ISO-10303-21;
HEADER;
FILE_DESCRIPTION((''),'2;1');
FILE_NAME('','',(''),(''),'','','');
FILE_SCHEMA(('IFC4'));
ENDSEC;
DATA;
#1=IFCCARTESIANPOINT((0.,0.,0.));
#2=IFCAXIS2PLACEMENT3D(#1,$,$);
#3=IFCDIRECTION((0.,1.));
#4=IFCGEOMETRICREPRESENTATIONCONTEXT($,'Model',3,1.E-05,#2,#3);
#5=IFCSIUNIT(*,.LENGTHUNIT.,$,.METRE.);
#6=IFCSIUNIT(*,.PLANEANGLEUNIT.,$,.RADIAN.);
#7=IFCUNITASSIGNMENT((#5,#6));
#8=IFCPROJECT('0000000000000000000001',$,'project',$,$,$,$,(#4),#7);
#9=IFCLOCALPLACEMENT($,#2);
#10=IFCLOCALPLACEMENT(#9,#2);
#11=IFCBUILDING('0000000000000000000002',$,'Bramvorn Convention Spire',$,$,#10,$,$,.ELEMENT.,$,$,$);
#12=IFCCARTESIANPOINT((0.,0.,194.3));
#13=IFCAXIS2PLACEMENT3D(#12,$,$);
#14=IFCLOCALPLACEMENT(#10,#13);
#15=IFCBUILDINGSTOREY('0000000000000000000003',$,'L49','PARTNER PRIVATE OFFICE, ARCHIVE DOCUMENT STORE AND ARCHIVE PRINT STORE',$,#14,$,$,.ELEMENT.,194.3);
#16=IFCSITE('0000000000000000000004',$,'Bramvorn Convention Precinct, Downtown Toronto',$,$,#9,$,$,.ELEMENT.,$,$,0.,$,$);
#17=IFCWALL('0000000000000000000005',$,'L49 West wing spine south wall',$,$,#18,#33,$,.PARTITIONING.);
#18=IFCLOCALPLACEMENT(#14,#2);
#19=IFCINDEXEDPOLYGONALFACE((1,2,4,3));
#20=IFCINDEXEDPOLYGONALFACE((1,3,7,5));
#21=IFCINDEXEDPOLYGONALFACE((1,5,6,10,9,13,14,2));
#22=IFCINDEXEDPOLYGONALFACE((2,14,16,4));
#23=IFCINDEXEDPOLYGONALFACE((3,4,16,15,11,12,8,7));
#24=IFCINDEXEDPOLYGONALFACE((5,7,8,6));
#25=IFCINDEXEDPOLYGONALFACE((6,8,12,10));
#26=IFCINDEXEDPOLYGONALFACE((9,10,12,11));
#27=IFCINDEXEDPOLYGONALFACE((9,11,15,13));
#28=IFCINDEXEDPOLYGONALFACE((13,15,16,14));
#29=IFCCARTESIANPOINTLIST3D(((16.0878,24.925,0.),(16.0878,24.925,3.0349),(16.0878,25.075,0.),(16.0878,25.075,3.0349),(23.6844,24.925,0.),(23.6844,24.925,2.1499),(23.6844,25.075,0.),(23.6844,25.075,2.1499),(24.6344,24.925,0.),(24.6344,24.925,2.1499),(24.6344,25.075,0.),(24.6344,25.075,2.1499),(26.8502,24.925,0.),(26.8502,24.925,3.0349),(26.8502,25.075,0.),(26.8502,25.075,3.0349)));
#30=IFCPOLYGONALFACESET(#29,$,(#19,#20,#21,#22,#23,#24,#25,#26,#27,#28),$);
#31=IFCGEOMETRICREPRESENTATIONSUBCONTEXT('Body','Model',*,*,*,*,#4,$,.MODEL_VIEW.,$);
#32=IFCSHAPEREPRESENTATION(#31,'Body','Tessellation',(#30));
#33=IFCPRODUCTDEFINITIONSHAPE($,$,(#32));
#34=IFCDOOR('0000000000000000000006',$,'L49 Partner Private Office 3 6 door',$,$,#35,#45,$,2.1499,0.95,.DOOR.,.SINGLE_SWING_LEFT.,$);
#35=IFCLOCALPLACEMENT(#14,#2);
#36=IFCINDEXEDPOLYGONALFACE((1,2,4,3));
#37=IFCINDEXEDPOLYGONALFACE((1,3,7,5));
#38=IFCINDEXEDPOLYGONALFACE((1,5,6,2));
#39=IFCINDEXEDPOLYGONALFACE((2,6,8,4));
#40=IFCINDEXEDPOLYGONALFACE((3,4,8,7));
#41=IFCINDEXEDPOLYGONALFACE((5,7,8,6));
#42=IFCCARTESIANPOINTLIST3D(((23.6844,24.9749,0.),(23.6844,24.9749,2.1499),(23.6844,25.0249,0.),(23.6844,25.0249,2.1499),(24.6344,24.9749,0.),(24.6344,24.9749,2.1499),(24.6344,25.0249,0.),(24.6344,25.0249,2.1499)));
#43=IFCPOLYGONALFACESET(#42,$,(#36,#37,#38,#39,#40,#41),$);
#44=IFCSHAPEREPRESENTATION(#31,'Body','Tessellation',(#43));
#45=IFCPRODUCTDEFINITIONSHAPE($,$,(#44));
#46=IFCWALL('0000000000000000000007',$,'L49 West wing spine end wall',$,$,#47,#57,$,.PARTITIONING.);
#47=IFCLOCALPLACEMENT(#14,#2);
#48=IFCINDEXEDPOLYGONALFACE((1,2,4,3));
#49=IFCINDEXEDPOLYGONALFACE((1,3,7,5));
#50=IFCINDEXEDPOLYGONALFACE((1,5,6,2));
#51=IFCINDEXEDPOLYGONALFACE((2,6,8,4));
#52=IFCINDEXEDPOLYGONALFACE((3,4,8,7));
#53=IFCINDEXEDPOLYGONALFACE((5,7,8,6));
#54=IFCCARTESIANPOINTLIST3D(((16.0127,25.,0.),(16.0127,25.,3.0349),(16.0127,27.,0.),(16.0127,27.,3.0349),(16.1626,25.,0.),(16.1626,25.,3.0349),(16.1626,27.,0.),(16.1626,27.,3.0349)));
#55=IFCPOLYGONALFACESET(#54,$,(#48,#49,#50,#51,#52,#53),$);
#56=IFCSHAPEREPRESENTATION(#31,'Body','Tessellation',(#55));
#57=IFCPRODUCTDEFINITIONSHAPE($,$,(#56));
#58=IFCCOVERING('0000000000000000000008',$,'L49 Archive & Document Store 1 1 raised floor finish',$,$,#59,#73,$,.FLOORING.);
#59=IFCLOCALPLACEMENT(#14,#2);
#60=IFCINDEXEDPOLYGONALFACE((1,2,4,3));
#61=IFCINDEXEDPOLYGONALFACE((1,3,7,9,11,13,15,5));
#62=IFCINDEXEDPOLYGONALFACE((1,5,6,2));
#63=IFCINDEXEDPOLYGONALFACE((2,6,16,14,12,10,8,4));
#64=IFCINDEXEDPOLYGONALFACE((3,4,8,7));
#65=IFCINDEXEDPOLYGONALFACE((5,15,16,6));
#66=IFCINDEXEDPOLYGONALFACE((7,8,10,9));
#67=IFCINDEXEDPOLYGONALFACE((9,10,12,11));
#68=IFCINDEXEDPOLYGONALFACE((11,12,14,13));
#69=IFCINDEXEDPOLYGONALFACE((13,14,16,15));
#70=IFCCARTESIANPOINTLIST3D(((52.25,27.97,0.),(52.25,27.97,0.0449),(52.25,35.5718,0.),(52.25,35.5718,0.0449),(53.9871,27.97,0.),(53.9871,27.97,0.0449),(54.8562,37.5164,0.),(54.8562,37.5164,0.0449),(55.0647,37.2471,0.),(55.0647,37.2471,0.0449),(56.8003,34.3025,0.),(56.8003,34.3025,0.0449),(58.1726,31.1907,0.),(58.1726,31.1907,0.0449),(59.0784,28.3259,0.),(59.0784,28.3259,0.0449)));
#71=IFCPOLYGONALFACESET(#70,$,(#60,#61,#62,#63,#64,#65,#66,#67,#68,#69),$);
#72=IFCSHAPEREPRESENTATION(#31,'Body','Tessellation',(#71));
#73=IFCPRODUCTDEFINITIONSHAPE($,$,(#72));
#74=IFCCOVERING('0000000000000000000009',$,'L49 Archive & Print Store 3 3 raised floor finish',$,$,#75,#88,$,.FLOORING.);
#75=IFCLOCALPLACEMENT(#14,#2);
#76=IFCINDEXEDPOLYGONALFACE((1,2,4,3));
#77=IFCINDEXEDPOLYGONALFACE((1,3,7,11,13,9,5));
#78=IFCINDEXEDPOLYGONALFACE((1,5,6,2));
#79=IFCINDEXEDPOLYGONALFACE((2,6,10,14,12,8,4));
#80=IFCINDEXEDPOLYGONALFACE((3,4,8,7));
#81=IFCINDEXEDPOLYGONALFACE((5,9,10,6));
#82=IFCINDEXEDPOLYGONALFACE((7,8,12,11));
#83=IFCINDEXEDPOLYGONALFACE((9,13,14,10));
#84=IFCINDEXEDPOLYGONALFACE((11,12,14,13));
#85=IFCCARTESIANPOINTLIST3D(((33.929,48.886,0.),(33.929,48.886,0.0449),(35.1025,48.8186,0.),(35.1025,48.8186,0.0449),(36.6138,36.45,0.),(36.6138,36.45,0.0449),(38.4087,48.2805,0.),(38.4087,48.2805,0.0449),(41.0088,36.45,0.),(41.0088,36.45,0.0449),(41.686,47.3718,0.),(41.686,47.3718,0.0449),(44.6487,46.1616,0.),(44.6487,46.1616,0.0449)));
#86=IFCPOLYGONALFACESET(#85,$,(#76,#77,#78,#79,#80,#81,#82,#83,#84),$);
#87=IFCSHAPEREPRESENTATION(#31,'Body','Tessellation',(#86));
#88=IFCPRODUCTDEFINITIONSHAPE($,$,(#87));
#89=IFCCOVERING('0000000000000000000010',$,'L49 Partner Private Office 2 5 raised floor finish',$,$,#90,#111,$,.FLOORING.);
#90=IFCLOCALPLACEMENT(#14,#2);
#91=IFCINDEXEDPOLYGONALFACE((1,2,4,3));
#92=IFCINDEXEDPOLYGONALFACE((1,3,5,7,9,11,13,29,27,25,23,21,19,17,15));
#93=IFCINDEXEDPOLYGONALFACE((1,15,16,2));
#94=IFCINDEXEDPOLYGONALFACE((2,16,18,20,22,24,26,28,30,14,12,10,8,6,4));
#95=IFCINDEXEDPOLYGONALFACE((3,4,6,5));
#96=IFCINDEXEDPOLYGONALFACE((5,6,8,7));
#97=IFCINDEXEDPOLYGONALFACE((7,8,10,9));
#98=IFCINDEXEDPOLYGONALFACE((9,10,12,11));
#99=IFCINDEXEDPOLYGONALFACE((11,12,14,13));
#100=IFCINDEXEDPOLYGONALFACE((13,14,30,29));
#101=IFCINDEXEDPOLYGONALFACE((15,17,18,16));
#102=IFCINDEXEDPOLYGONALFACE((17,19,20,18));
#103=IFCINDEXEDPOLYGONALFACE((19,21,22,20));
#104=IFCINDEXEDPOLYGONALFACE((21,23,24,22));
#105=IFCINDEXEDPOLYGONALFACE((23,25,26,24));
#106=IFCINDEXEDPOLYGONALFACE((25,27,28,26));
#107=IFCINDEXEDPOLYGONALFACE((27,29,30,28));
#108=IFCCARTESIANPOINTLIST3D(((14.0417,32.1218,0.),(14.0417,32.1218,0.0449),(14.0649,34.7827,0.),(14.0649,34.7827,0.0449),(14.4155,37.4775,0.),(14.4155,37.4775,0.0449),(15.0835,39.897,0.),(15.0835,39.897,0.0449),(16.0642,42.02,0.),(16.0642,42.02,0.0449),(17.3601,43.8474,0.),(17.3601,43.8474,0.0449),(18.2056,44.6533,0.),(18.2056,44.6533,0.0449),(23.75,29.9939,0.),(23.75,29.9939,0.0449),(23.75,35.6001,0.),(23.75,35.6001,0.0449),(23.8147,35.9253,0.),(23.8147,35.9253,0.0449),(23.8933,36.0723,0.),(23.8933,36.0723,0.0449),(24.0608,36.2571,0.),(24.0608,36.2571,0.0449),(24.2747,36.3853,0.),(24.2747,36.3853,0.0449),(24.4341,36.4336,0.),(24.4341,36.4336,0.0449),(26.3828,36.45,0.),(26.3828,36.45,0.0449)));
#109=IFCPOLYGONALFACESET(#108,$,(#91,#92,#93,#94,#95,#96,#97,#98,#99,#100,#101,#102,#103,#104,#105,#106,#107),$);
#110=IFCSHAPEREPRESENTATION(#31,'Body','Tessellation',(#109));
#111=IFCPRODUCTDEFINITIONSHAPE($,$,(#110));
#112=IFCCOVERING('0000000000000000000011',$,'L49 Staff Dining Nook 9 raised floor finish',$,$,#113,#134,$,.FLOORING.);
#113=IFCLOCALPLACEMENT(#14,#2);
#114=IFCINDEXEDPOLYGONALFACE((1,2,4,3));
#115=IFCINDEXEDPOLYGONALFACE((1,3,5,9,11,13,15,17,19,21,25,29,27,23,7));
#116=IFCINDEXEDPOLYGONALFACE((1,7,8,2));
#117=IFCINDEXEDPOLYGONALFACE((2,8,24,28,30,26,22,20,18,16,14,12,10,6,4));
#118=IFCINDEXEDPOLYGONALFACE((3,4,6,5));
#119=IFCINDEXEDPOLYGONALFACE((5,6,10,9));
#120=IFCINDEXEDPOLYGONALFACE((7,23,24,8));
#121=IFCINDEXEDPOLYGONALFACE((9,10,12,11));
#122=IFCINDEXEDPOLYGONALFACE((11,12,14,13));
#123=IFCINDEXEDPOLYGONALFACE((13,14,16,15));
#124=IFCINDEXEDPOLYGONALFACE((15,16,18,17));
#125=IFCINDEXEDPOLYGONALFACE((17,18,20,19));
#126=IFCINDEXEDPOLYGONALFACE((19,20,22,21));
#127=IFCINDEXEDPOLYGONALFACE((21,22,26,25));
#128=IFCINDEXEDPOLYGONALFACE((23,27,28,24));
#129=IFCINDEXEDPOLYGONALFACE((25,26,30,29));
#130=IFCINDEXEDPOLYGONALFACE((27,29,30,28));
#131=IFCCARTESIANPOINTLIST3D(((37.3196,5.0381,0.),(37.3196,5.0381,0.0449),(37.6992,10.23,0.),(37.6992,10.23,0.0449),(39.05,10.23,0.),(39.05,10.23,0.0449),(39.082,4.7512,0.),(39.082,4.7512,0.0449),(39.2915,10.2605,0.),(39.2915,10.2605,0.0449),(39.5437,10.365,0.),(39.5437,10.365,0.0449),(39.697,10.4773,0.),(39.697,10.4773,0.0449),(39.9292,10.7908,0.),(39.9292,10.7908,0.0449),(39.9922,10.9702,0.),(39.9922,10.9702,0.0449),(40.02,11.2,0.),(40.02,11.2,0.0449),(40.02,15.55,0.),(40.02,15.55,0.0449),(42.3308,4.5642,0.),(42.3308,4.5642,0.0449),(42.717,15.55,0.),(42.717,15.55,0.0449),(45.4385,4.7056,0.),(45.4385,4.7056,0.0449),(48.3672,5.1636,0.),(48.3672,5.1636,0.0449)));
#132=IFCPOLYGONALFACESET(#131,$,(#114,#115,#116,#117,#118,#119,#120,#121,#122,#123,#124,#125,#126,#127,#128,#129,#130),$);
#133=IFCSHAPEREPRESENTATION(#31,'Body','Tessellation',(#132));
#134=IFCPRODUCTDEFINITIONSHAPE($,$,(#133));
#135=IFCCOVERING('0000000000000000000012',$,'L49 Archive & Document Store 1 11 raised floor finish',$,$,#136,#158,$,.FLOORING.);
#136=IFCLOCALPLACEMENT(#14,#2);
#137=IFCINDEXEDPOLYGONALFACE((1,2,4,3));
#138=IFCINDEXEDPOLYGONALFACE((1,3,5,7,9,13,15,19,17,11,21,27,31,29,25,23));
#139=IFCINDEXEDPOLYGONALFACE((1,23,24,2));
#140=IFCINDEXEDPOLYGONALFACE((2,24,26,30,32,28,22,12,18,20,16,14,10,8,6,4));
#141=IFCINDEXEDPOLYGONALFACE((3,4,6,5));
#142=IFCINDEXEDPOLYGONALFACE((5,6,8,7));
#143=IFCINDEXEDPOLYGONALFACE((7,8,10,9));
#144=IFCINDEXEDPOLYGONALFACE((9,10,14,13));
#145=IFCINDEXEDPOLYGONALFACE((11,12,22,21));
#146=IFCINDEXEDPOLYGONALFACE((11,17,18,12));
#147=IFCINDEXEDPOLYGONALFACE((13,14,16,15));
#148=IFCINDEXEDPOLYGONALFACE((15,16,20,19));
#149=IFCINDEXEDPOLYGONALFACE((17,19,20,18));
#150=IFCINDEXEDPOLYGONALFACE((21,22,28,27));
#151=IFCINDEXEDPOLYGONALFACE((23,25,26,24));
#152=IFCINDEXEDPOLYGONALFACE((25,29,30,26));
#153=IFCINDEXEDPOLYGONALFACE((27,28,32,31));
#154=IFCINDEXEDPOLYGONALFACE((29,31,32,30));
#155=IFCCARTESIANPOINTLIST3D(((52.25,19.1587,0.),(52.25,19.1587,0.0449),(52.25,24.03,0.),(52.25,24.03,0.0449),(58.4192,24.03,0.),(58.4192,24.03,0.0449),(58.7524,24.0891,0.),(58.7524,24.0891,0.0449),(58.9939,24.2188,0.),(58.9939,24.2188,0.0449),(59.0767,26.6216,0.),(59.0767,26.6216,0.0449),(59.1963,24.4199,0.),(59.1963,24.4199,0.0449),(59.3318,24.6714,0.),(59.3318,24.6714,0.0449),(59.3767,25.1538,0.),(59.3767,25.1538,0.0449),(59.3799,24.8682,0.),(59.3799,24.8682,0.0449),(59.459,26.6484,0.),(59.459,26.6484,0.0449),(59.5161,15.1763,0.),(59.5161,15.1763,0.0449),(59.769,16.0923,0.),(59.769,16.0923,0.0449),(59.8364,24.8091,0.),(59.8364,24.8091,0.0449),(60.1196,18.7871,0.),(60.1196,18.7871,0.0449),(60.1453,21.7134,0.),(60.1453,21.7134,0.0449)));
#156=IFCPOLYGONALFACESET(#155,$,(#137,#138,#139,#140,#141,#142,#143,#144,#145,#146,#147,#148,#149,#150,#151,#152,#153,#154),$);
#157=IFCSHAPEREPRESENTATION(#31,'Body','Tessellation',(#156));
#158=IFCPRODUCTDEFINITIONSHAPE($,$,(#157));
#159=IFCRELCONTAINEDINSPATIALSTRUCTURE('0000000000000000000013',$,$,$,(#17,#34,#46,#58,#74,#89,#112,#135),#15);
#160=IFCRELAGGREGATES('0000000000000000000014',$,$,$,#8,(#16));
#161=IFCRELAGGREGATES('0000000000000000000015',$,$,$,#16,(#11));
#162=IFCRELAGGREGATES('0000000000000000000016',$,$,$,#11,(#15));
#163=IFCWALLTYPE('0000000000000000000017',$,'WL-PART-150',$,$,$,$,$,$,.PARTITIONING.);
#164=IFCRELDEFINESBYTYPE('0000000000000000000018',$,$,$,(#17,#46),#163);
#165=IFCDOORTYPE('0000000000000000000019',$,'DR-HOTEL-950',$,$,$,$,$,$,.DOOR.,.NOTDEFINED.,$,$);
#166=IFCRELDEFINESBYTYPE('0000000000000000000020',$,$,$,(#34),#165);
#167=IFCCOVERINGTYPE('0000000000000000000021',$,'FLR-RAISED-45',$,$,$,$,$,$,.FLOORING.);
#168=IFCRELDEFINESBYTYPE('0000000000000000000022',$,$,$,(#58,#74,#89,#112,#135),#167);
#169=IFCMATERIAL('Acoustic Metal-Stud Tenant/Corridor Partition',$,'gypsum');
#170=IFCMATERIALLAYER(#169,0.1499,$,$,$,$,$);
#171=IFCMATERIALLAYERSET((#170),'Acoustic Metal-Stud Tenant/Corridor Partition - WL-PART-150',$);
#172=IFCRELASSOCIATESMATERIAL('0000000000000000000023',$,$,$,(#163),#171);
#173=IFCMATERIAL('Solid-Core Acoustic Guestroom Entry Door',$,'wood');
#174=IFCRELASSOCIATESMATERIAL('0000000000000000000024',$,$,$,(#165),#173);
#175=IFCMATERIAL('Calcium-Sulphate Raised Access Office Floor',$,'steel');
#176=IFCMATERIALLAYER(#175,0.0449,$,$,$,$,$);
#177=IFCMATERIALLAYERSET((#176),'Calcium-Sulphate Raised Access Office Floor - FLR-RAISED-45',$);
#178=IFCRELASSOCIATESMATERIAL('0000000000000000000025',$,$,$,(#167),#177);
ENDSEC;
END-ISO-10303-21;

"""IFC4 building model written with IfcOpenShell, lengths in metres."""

from ifc_helpers import new_model, si_unit, direction, frame, frame_2d, origin, place, context, subcontext, project, spatial, polyline, rectangle, outline, extrude, material, layer, layer_set, type_object, element, fill, save


model = new_model("IFC4")

# Units and contexts
model_context = context("Model", 3, precision=1e-05, world=origin(), true_north=direction((0.0, 1.0)))
body_context = subcontext(model_context, "Body", "Model", "MODEL_VIEW")
ifc_project = project(units=[si_unit("LENGTHUNIT", "METRE"), si_unit("PLANEANGLEUNIT", "RADIAN")], contexts=[model_context])

# Site, building, storey
site_placement = place(None, origin())
site = spatial("IfcSite", under=ifc_project, at=site_placement, Name="Bramvorn Convention Precinct, Downtown Toronto", CompositionType="ELEMENT", RefElevation=0.0)
building_placement = place(site_placement, origin())
building = spatial("IfcBuilding", under=site, at=building_placement, Name="Bramvorn Convention Spire", CompositionType="ELEMENT")
storey_placement = place(building_placement, frame((0.0, 0.0, 194.3)))
storey = spatial("IfcBuildingStorey", under=building, at=storey_placement, Name="L49", Description="PARTNER PRIVATE OFFICE, ARCHIVE DOCUMENT STORE AND ARCHIVE PRINT STORE", CompositionType="ELEMENT", Elevation=194.3)

# Wall, opening, door
ifc_material_1 = material(Name="Acoustic Metal-Stud Tenant/Corridor Partition", Category="gypsum")
ifc_layer_1 = layer(ifc_material_1, 0.1499)
ifc_layer_set_1 = layer_set([ifc_layer_1], Name="Acoustic Metal-Stud Tenant/Corridor Partition - WL-PART-150")
wall_type_1 = type_object("IfcWallType", Name="WL-PART-150", PredefinedType="PARTITIONING", material=ifc_layer_set_1)
wall_1_placement = place(storey_placement, frame((16.0876, 25.0, 0.0), z_axis=(0.0, 0.0, 1.0), x_axis=(1.0, 0.0, 0.0)))
wall_1 = element("IfcWall", 1, at=wall_1_placement, inside=storey, type_object=wall_type_1, Name="L49 West wing spine south wall", PredefinedType="PARTITIONING", context=body_context, shape_type="SweptSolid", body=[
    extrude(rectangle(XDim=10.7625, YDim=0.1499, at=frame_2d((5.3813, 0.0))), origin(), (0.0, 0.0, 1.0), 3.0349),
])
opening_1_placement = place(wall_1_placement, frame((7.5967, 0.0, 0.0)))
opening_1 = element("IfcOpeningElement", 2, at=opening_1_placement, cuts=wall_1, PredefinedType="OPENING", context=body_context, shape_type="SweptSolid", body=[
    extrude(rectangle(XDim=0.95, YDim=2.1499, at=frame_2d((0.4751, 1.075))), frame((0.0, 0.085, 0.0), z_axis=(0.0, -1.0, 0.0), x_axis=(1.0, 0.0, 0.0)), (0.0, 0.0, 1.0), 0.1699),
])
ifc_material_2 = material(Name="Solid-Core Acoustic Guestroom Entry Door", Category="wood")
door_type = type_object("IfcDoorType", Name="DR-HOTEL-950", OperationType="NOTDEFINED", PredefinedType="DOOR", material=ifc_material_2)
door_placement = place(opening_1_placement, origin())
door = element("IfcDoor", 3, at=door_placement, inside=storey, type_object=door_type, Name="L49 Partner Private Office 3 6 door", OperationType="SINGLE_SWING_LEFT", OverallHeight=2.1499, OverallWidth=0.95, PredefinedType="DOOR", context=body_context, shape_type="SweptSolid", body=[
    extrude(rectangle(XDim=0.95, YDim=2.1499, at=frame_2d((0.4751, 1.075))), frame((0.0, 0.0249, 0.0), z_axis=(0.0, -1.0, 0.0), x_axis=(1.0, 0.0, 0.0)), (0.0, 0.0, 1.0), 0.05),
])
fill(opening_1, door)

# Wall
wall_2_placement = place(storey_placement, frame((16.0876, 25.0, 0.0), z_axis=(0.0, 0.0, 1.0), x_axis=(0.0, 1.0, 0.0)))
element("IfcWall", 4, at=wall_2_placement, inside=storey, type_object=wall_type_1, Name="L49 West wing spine end wall", PredefinedType="PARTITIONING", context=body_context, shape_type="SweptSolid", body=[
    extrude(rectangle(XDim=2.0, YDim=0.1499, at=frame_2d((1.0, 0.0))), origin(), (0.0, 0.0, 1.0), 3.0349),
])

# Coverings
ifc_material_3 = material(Name="Calcium-Sulphate Raised Access Office Floor", Category="steel")
ifc_layer_2 = layer(ifc_material_3, 0.0449)
ifc_layer_set_2 = layer_set([ifc_layer_2], Name="Calcium-Sulphate Raised Access Office Floor - FLR-RAISED-45")
covering_type = type_object("IfcCoveringType", Name="FLR-RAISED-45", PredefinedType="FLOORING", material=ifc_layer_set_2)
covering_1_placement = place(storey_placement, origin())
element("IfcCovering", 5, at=covering_1_placement, inside=storey, type_object=covering_type, Name="L49 Archive & Document Store 1 1 raised floor finish", PredefinedType="FLOORING", context=body_context, shape_type="SweptSolid", body=[
    extrude(outline(polyline([(52.25, 27.97), (53.9871, 27.97), (59.0784, 28.3259), (58.1726, 31.1907), (56.8003, 34.3025), (55.0647, 37.2471), (54.8562, 37.5164), (52.25, 35.5718), (52.25, 27.97)])), origin(), (0.0, 0.0, 1.0), 0.0449),
])
covering_2_placement = place(storey_placement, origin())
element("IfcCovering", 6, at=covering_2_placement, inside=storey, type_object=covering_type, Name="L49 Archive & Print Store 3 3 raised floor finish", PredefinedType="FLOORING", context=body_context, shape_type="SweptSolid", body=[
    extrude(outline(polyline([(35.1025, 48.8186), (33.929, 48.886), (36.6138, 36.45), (41.0088, 36.45), (44.6487, 46.1616), (41.686, 47.3718), (38.4087, 48.2805), (35.1025, 48.8186)])), origin(), (0.0, 0.0, 1.0), 0.0449),
])
covering_3_placement = place(storey_placement, origin())
element("IfcCovering", 7, at=covering_3_placement, inside=storey, type_object=covering_type, Name="L49 Partner Private Office 2 5 raised floor finish", PredefinedType="FLOORING", context=body_context, shape_type="SweptSolid", body=[
    extrude(outline(polyline([(23.75, 29.9939), (23.75, 35.6001), (23.8147, 35.9253), (23.8933, 36.0723), (24.0608, 36.2571), (24.2747, 36.3853), (24.4341, 36.4336), (26.3828, 36.45), (18.2056, 44.6533), (17.3601, 43.8474), (16.0642, 42.02), (15.0835, 39.897), (14.4155, 37.4775), (14.0649, 34.7827), (14.0417, 32.1218), (23.75, 29.9939)])), origin(), (0.0, 0.0, 1.0), 0.0449),
])
covering_4_placement = place(storey_placement, origin())
element("IfcCovering", 8, at=covering_4_placement, inside=storey, type_object=covering_type, Name="L49 Staff Dining Nook 9 raised floor finish", PredefinedType="FLOORING", context=body_context, shape_type="SweptSolid", body=[
    extrude(outline(polyline([(37.3196, 5.0381), (39.082, 4.7512), (42.3308, 4.5642), (45.4385, 4.7056), (48.3672, 5.1636), (42.717, 15.55), (40.02, 15.55), (40.02, 11.2), (39.9922, 10.9702), (39.9292, 10.7908), (39.697, 10.4773), (39.5437, 10.365), (39.2915, 10.2605), (39.05, 10.23), (37.6992, 10.23), (37.3196, 5.0381)])), origin(), (0.0, 0.0, 1.0), 0.0449),
])
covering_5_placement = place(storey_placement, origin())
element("IfcCovering", 9, at=covering_5_placement, inside=storey, type_object=covering_type, Name="L49 Archive & Document Store 1 11 raised floor finish", PredefinedType="FLOORING", context=body_context, shape_type="SweptSolid", body=[
    extrude(outline(polyline([(59.3767, 25.1538), (59.3799, 24.8682), (59.3318, 24.6714), (59.1963, 24.4199), (58.9939, 24.2188), (58.7524, 24.0891), (58.4192, 24.03), (52.25, 24.03), (52.25, 19.1587), (59.5161, 15.1763), (59.769, 16.0923), (60.1196, 18.7871), (60.1453, 21.7134), (59.8364, 24.8091), (59.459, 26.6484), (59.0767, 26.6216), (59.3767, 25.1538)])), origin(), (0.0, 0.0, 1.0), 0.0449),
])

save(model, "model.ifc")
